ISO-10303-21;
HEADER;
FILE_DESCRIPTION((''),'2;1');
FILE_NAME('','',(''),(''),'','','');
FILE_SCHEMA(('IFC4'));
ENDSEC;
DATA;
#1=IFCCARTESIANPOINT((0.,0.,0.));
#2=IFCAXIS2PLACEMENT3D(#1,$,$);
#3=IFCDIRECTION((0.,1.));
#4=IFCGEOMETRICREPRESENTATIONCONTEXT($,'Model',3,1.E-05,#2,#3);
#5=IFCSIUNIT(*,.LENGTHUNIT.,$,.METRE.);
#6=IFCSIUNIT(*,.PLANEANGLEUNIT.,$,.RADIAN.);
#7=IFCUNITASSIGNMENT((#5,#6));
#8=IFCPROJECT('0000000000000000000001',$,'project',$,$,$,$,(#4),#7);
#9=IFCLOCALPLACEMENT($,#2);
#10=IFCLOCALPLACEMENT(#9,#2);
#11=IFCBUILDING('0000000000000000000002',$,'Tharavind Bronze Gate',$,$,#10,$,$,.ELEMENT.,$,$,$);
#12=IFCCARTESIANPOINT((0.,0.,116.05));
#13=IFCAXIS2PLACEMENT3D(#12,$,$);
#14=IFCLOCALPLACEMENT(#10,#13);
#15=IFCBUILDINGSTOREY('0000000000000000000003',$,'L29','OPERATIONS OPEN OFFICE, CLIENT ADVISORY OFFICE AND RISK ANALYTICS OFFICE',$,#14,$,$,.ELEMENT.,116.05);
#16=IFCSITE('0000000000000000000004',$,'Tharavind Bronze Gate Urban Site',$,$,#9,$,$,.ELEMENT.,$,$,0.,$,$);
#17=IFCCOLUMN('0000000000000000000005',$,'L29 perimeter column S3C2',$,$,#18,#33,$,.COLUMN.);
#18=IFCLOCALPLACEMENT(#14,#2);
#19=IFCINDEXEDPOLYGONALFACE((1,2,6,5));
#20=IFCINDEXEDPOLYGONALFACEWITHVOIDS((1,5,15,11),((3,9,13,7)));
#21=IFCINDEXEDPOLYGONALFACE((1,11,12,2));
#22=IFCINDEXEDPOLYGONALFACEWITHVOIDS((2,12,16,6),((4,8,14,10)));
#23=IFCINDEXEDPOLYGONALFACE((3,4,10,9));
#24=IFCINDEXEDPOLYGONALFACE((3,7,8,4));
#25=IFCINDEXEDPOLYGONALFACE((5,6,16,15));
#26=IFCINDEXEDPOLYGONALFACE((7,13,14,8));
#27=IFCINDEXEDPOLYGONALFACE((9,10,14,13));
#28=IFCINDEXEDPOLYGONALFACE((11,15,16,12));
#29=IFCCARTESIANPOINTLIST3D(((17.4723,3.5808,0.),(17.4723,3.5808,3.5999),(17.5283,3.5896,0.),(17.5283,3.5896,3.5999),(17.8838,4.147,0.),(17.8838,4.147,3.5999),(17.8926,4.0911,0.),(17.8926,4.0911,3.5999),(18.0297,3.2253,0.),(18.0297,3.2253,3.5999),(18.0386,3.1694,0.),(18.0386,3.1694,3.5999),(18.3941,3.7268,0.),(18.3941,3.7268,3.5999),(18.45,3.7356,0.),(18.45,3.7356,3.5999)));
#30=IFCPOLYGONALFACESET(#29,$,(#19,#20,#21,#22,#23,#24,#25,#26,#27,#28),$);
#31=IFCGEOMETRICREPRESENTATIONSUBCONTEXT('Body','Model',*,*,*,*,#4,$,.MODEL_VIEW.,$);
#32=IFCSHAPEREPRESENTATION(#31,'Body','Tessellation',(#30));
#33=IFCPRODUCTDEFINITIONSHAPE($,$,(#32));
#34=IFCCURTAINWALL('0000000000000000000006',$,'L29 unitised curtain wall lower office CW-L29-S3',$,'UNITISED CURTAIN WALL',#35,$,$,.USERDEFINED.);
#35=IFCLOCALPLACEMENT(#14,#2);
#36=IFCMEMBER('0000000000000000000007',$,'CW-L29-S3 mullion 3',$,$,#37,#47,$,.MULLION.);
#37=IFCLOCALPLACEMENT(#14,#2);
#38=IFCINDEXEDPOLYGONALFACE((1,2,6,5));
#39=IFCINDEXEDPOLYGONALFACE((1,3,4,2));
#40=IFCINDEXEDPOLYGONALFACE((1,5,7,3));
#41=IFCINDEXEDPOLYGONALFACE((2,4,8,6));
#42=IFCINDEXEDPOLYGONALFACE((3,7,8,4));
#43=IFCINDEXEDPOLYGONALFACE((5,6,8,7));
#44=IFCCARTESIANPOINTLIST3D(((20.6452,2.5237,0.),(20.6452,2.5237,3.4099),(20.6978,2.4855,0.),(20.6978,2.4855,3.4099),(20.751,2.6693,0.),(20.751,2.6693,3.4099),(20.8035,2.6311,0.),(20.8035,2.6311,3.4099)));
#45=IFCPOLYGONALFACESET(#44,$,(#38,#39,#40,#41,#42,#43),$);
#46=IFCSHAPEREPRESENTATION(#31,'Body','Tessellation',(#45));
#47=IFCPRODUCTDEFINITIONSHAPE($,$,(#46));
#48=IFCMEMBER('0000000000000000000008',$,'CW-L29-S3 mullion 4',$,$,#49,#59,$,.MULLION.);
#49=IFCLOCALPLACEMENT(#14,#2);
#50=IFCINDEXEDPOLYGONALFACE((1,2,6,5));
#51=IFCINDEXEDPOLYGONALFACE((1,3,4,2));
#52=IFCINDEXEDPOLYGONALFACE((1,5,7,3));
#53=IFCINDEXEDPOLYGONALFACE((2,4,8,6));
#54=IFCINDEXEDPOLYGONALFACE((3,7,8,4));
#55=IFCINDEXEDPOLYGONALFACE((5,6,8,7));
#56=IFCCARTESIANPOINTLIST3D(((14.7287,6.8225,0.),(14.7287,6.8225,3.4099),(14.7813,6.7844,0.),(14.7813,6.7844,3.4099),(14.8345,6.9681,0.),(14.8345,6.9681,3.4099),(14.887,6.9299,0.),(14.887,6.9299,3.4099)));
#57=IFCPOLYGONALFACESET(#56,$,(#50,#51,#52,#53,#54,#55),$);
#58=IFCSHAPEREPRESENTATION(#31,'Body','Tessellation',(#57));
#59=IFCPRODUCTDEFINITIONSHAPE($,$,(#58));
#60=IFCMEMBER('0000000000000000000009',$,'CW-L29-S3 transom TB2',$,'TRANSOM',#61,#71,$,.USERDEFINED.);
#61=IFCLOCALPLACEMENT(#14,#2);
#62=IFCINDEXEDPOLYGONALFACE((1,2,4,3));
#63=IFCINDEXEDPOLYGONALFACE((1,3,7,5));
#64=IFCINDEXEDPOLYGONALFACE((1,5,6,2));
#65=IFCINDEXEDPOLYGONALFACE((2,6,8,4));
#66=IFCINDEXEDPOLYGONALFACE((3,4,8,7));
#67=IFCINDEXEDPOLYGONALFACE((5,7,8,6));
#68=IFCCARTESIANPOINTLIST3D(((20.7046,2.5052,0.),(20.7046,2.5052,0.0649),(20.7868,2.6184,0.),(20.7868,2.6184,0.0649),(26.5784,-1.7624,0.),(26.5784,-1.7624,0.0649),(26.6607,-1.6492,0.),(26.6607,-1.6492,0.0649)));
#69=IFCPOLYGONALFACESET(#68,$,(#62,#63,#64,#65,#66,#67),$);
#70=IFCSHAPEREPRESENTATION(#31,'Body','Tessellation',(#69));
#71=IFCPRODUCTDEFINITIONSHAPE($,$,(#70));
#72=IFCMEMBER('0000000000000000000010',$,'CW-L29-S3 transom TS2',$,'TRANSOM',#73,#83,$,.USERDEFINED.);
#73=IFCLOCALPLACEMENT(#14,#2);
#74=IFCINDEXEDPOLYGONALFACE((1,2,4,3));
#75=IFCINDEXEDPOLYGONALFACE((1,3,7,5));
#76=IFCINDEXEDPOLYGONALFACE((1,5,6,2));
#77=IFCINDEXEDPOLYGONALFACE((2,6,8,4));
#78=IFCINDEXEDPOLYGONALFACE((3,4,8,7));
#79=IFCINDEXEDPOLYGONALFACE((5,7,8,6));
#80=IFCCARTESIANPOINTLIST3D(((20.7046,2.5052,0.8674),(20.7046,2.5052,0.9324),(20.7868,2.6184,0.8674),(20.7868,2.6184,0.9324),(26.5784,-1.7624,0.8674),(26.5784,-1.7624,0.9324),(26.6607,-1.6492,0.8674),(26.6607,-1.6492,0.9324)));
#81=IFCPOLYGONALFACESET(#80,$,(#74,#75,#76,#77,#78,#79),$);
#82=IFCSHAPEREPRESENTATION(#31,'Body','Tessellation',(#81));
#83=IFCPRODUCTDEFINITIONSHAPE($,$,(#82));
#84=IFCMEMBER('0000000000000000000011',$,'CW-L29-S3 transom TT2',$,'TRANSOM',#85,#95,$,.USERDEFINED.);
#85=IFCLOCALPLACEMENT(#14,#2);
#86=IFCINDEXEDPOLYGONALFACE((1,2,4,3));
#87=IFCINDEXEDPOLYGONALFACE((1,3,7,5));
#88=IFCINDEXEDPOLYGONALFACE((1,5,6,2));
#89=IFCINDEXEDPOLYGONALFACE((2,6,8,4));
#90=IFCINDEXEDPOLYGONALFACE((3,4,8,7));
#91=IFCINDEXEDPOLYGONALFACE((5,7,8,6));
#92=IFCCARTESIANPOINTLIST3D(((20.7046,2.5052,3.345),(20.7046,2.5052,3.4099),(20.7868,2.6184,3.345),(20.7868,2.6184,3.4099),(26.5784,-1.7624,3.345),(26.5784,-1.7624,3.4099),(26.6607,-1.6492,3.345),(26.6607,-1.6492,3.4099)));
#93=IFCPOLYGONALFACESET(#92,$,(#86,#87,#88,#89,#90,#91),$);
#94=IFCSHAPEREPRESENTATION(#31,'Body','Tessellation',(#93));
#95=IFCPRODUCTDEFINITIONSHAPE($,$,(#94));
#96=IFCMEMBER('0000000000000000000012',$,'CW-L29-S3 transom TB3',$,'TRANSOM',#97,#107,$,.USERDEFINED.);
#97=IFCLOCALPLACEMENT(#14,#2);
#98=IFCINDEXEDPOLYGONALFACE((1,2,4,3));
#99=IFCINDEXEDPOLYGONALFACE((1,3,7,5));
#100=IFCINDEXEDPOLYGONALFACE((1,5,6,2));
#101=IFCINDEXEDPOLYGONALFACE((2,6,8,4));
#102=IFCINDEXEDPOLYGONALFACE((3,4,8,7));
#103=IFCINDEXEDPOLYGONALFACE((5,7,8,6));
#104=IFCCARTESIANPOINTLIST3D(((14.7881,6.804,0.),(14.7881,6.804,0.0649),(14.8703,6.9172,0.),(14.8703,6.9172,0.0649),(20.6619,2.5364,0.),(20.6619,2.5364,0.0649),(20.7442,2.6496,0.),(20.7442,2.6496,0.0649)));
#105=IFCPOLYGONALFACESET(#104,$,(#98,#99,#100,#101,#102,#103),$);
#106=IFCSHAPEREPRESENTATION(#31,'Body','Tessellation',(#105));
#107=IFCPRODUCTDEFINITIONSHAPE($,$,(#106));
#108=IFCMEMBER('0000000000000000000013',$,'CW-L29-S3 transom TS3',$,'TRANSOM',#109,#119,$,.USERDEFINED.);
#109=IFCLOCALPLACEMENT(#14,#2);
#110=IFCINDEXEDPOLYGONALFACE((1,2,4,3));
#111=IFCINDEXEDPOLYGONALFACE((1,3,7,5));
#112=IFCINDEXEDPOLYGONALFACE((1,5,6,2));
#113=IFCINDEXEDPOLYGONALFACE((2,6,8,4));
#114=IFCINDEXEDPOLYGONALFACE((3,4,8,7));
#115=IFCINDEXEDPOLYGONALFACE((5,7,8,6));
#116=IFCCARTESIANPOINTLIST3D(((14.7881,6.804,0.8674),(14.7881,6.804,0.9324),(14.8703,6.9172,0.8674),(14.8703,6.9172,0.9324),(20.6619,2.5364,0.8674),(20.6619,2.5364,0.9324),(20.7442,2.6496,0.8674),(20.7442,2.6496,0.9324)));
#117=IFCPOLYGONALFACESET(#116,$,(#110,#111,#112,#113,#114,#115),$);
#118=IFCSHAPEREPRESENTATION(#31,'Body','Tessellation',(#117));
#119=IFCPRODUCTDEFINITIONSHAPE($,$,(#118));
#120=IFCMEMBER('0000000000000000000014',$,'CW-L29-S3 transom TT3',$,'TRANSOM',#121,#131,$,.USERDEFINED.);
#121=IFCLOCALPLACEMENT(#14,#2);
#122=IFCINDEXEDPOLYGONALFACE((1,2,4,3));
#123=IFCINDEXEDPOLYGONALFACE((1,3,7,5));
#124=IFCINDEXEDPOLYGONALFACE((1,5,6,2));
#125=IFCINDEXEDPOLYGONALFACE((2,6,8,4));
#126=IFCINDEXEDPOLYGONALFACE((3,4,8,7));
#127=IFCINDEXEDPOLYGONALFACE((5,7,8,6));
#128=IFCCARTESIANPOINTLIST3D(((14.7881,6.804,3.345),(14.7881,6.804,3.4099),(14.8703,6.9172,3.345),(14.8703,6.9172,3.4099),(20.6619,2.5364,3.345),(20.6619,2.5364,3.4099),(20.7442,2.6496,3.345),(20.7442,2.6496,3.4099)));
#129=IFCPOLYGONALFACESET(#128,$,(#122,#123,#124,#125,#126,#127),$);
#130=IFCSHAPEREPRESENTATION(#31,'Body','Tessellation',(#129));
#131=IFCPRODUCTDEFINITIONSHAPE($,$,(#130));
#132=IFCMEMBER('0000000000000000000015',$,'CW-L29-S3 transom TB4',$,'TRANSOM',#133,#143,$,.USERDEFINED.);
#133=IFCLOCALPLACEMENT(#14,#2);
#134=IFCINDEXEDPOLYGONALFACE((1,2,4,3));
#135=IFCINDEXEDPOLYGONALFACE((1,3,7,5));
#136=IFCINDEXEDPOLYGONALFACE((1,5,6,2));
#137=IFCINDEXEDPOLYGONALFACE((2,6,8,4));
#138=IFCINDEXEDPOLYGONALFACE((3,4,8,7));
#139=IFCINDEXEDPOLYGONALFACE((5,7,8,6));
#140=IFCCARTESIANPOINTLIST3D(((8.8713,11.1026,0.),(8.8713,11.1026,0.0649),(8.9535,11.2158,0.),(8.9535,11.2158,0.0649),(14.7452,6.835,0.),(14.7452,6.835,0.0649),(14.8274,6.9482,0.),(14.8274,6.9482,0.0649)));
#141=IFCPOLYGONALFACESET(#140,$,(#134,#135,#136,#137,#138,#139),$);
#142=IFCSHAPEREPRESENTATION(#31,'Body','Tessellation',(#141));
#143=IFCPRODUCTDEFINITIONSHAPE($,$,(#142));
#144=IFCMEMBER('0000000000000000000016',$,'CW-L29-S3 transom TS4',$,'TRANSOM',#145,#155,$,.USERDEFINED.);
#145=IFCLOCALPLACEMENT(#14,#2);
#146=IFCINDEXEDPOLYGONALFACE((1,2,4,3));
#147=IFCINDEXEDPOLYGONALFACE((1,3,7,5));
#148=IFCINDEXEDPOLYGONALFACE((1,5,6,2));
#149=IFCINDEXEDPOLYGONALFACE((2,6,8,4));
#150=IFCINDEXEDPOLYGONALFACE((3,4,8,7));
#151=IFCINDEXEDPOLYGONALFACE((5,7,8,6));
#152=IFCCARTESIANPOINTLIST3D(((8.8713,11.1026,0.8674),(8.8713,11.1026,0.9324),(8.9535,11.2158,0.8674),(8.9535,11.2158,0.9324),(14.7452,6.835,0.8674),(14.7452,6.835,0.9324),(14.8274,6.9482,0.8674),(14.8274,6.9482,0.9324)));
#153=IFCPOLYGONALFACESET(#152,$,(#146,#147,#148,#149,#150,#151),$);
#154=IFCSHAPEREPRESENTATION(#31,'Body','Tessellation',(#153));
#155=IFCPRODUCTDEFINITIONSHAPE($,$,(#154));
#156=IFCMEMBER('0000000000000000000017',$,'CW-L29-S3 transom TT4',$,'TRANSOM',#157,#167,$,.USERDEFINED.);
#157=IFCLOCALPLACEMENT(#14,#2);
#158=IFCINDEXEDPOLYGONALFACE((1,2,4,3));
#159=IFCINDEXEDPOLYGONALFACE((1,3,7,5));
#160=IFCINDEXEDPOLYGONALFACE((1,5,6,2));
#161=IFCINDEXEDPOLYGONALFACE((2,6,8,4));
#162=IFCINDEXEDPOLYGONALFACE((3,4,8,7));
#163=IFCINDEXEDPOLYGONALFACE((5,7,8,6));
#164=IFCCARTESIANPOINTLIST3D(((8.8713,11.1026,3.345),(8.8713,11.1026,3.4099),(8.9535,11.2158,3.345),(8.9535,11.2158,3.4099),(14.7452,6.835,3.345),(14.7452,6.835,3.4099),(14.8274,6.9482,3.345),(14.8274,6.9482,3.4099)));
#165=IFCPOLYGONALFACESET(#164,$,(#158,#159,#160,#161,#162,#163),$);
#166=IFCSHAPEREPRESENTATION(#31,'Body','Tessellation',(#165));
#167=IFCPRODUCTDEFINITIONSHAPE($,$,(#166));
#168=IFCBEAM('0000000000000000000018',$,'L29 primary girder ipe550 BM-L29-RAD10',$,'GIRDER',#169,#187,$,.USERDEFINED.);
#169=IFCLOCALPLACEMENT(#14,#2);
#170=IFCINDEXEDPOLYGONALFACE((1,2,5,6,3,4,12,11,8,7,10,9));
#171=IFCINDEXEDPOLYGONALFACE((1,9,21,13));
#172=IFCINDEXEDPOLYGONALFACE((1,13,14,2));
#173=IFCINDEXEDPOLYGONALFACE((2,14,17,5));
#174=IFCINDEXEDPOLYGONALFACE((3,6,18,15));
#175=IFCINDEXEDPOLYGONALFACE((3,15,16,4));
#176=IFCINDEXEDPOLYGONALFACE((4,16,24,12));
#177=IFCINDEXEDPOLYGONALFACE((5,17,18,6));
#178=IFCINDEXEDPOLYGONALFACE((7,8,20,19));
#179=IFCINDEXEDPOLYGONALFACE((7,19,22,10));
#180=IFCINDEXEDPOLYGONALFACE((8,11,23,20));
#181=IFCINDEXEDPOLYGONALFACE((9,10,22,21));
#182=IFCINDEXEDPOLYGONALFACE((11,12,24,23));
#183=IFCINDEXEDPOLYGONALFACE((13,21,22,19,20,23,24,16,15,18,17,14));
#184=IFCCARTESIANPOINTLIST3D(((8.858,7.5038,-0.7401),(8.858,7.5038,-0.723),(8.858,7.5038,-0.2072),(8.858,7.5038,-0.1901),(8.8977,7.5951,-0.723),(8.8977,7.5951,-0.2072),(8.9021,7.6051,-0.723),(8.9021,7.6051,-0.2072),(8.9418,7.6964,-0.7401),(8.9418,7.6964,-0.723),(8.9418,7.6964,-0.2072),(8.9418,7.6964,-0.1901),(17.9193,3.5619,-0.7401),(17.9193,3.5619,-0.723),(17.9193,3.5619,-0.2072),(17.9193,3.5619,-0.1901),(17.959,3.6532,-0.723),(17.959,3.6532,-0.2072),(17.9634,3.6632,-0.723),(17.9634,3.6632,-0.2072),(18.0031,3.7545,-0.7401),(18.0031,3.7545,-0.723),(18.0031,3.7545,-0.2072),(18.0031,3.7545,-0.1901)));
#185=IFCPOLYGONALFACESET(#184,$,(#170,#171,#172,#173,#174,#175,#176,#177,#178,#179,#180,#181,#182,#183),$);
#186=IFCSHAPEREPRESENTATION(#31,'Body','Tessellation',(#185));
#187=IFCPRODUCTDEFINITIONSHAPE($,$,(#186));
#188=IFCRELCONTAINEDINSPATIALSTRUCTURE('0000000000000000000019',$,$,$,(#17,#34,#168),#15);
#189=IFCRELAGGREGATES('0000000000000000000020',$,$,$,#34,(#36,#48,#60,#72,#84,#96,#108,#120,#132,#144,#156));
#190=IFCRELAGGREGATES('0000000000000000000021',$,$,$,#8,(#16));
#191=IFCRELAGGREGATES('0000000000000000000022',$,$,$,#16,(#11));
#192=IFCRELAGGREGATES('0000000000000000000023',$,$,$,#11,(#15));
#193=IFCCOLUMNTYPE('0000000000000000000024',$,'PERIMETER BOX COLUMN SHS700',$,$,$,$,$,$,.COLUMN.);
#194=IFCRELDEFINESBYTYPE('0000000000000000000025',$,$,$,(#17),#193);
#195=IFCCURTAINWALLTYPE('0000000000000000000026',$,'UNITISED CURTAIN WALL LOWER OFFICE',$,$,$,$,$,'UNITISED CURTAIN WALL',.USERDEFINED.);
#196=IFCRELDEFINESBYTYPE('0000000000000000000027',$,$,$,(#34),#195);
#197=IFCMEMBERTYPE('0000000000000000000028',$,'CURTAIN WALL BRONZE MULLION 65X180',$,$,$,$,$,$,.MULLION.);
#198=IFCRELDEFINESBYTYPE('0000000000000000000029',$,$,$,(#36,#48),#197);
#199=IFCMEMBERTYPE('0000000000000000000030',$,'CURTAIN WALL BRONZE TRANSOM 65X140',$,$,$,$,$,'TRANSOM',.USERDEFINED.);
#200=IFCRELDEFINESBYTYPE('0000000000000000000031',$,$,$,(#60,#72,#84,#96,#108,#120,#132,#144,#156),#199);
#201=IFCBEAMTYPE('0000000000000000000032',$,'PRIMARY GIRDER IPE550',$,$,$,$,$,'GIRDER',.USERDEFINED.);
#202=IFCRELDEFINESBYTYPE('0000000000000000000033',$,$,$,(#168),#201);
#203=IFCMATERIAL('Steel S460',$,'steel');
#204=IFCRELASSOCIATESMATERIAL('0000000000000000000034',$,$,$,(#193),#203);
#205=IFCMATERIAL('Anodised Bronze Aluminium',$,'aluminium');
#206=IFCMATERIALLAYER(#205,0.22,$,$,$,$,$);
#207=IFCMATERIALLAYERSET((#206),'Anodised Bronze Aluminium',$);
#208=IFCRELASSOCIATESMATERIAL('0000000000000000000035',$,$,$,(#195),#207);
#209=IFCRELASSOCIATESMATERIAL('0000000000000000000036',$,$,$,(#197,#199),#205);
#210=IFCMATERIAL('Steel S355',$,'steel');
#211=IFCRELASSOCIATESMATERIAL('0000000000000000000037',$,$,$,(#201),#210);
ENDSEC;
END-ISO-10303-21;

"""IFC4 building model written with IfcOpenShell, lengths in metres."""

from ifc_helpers import new_model, si_unit, direction, frame, origin, origin_2d, place, context, subcontext, project, spatial, rectangle, hollow_rectangle, i_section, extrude, material, layer, layer_set, material_profile, profile_set, type_object, element, aggregate, save


model = new_model("IFC4")

# Units and contexts
model_context = context("Model", 3, precision=1e-05, world=origin(), true_north=direction((0.0, 1.0)))
body_context = subcontext(model_context, "Body", "Model", "MODEL_VIEW")
ifc_project = project(units=[si_unit("LENGTHUNIT", "METRE"), si_unit("PLANEANGLEUNIT", "RADIAN")], contexts=[model_context])

# Site, building, storey
site_placement = place(None, origin())
site = spatial("IfcSite", under=ifc_project, at=site_placement, Name="Tharavind Bronze Gate Urban Site", CompositionType="ELEMENT", RefElevation=0.0)
building_placement = place(site_placement, origin())
building = spatial("IfcBuilding", under=site, at=building_placement, Name="Tharavind Bronze Gate", CompositionType="ELEMENT")
storey_placement = place(building_placement, frame((0.0, 0.0, 116.05)))
storey = spatial("IfcBuildingStorey", under=building, at=storey_placement, Name="L29", Description="OPERATIONS OPEN OFFICE, CLIENT ADVISORY OFFICE AND RISK ANALYTICS OFFICE", CompositionType="ELEMENT", Elevation=116.05)

# Column
ifc_material_1 = material(Name="Steel S460", Category="steel")
ifc_material_profile_1 = material_profile(ifc_material_1, hollow_rectangle(XDim=0.7, YDim=0.7, WallThickness=0.04, at=origin_2d()), Name="SHS700X40")
ifc_profile_set_1 = profile_set([ifc_material_profile_1], Name="Steel S460")
column_type = type_object("IfcColumnType", Name="PERIMETER BOX COLUMN SHS700", PredefinedType="COLUMN", material=ifc_profile_set_1)
column_placement = place(storey_placement, frame((17.9612, 3.6582, 0.0), z_axis=(0.0, 0.0, 1.0), x_axis=(-0.809017, 0.587785, 0.0)))
element("IfcColumn", 1, at=column_placement, inside=storey, type_object=column_type, Name="L29 perimeter column S3C2", PredefinedType="COLUMN", context=body_context, shape_type="SweptSolid", body=[
    extrude(hollow_rectangle(XDim=0.7, YDim=0.7, WallThickness=0.04, at=origin_2d()), origin(), (0.0, 0.0, 1.0), 3.5999),
])

# Curtain wall, members
ifc_material_2 = material(Name="Anodised Bronze Aluminium", Category="aluminium")
ifc_layer_1 = layer(ifc_material_2, 0.22)
ifc_layer_set_1 = layer_set([ifc_layer_1], Name="Anodised Bronze Aluminium")
curtain_wall_type = type_object("IfcCurtainWallType", Name="UNITISED CURTAIN WALL LOWER OFFICE", ElementType="UNITISED CURTAIN WALL", PredefinedType="USERDEFINED", material=ifc_layer_set_1)
curtain_wall_placement = place(storey_placement, origin())
curtain_wall = element("IfcCurtainWall", 2, at=curtain_wall_placement, inside=storey, type_object=curtain_wall_type, Name="L29 unitised curtain wall lower office CW-L29-S3", ObjectType="UNITISED CURTAIN WALL", PredefinedType="USERDEFINED")
member_type_1 = type_object("IfcMemberType", Name="CURTAIN WALL BRONZE MULLION 65X180", PredefinedType="MULLION", material=ifc_material_2)
member_1_placement = place(storey_placement, frame((20.7244, 2.5774, 0.0), z_axis=(0.0, 0.0, 1.0), x_axis=(-0.809017, 0.587785, 0.0)))
member_1 = element("IfcMember", 3, at=member_1_placement, type_object=member_type_1, Name="CW-L29-S3 mullion 3", PredefinedType="MULLION", context=body_context, shape_type="SweptSolid", body=[
    extrude(rectangle(XDim=0.0649, YDim=0.1799, at=origin_2d()), origin(), (0.0, 0.0, 1.0), 3.4099),
])
member_2_placement = place(storey_placement, frame((14.8079, 6.8762, 0.0), z_axis=(0.0, 0.0, 1.0), x_axis=(-0.809017, 0.587785, 0.0)))
member_2 = element("IfcMember", 4, at=member_2_placement, type_object=member_type_1, Name="CW-L29-S3 mullion 4", PredefinedType="MULLION", context=body_context, shape_type="SweptSolid", body=[
    extrude(rectangle(XDim=0.0649, YDim=0.1799, at=origin_2d()), origin(), (0.0, 0.0, 1.0), 3.4099),
])
member_type_2 = type_object("IfcMemberType", Name="CURTAIN WALL BRONZE TRANSOM 65X140", ElementType="TRANSOM", PredefinedType="USERDEFINED", material=ifc_material_2)
member_3_placement = place(storey_placement, frame((23.6826, 0.428, 0.0), z_axis=(0.0, 0.0, 1.0), x_axis=(-0.809017, 0.587785, 0.0)))
member_3 = element("IfcMember", 5, at=member_3_placement, type_object=member_type_2, Name="CW-L29-S3 transom TB2", ObjectType="TRANSOM", PredefinedType="USERDEFINED", context=body_context, shape_type="SweptSolid", body=[
    extrude(rectangle(XDim=7.2605, YDim=0.1399, at=origin_2d()), origin(), (0.0, 0.0, 1.0), 0.0649),
])
member_4_placement = place(storey_placement, frame((23.6826, 0.428, 0.8674), z_axis=(0.0, 0.0, 1.0), x_axis=(-0.809017, 0.587785, 0.0)))
member_4 = element("IfcMember", 6, at=member_4_placement, type_object=member_type_2, Name="CW-L29-S3 transom TS2", ObjectType="TRANSOM", PredefinedType="USERDEFINED", context=body_context, shape_type="SweptSolid", body=[
    extrude(rectangle(XDim=7.2605, YDim=0.1399, at=origin_2d()), origin(), (0.0, 0.0, 1.0), 0.0649),
])
member_5_placement = place(storey_placement, frame((23.6826, 0.428, 3.345), z_axis=(0.0, 0.0, 1.0), x_axis=(-0.809017, 0.587785, 0.0)))
member_5 = element("IfcMember", 7, at=member_5_placement, type_object=member_type_2, Name="CW-L29-S3 transom TT2", ObjectType="TRANSOM", PredefinedType="USERDEFINED", context=body_context, shape_type="SweptSolid", body=[
    extrude(rectangle(XDim=7.2605, YDim=0.1399, at=origin_2d()), origin(), (0.0, 0.0, 1.0), 0.0649),
])
member_6_placement = place(storey_placement, frame((17.7661, 4.7268, 0.0), z_axis=(0.0, 0.0, 1.0), x_axis=(-0.809017, 0.587785, 0.0)))
member_6 = element("IfcMember", 8, at=member_6_placement, type_object=member_type_2, Name="CW-L29-S3 transom TB3", ObjectType="TRANSOM", PredefinedType="USERDEFINED", context=body_context, shape_type="SweptSolid", body=[
    extrude(rectangle(XDim=7.2605, YDim=0.1399, at=origin_2d()), origin(), (0.0, 0.0, 1.0), 0.0649),
])
member_7_placement = place(storey_placement, frame((17.7661, 4.7268, 0.8674), z_axis=(0.0, 0.0, 1.0), x_axis=(-0.809017, 0.587785, 0.0)))
member_7 = element("IfcMember", 9, at=member_7_placement, type_object=member_type_2, Name="CW-L29-S3 transom TS3", ObjectType="TRANSOM", PredefinedType="USERDEFINED", context=body_context, shape_type="SweptSolid", body=[
    extrude(rectangle(XDim=7.2605, YDim=0.1399, at=origin_2d()), origin(), (0.0, 0.0, 1.0), 0.0649),
])
member_8_placement = place(storey_placement, frame((17.7661, 4.7268, 3.345), z_axis=(0.0, 0.0, 1.0), x_axis=(-0.809017, 0.587785, 0.0)))
member_8 = element("IfcMember", 10, at=member_8_placement, type_object=member_type_2, Name="CW-L29-S3 transom TT3", ObjectType="TRANSOM", PredefinedType="USERDEFINED", context=body_context, shape_type="SweptSolid", body=[
    extrude(rectangle(XDim=7.2605, YDim=0.1399, at=origin_2d()), origin(), (0.0, 0.0, 1.0), 0.0649),
])
member_9_placement = place(storey_placement, frame((11.8494, 9.0254, 0.0), z_axis=(0.0, 0.0, 1.0), x_axis=(-0.809017, 0.587785, 0.0)))
member_9 = element("IfcMember", 11, at=member_9_placement, type_object=member_type_2, Name="CW-L29-S3 transom TB4", ObjectType="TRANSOM", PredefinedType="USERDEFINED", context=body_context, shape_type="SweptSolid", body=[
    extrude(rectangle(XDim=7.2605, YDim=0.1399, at=origin_2d()), origin(), (0.0, 0.0, 1.0), 0.0649),
])
member_10_placement = place(storey_placement, frame((11.8494, 9.0254, 0.8674), z_axis=(0.0, 0.0, 1.0), x_axis=(-0.809017, 0.587785, 0.0)))
member_10 = element("IfcMember", 12, at=member_10_placement, type_object=member_type_2, Name="CW-L29-S3 transom TS4", ObjectType="TRANSOM", PredefinedType="USERDEFINED", context=body_context, shape_type="SweptSolid", body=[
    extrude(rectangle(XDim=7.2605, YDim=0.1399, at=origin_2d()), origin(), (0.0, 0.0, 1.0), 0.0649),
])
member_11_placement = place(storey_placement, frame((11.8494, 9.0254, 3.345), z_axis=(0.0, 0.0, 1.0), x_axis=(-0.809017, 0.587785, 0.0)))
member_11 = element("IfcMember", 13, at=member_11_placement, type_object=member_type_2, Name="CW-L29-S3 transom TT4", ObjectType="TRANSOM", PredefinedType="USERDEFINED", context=body_context, shape_type="SweptSolid", body=[
    extrude(rectangle(XDim=7.2605, YDim=0.1399, at=origin_2d()), origin(), (0.0, 0.0, 1.0), 0.0649),
])

# Beam
ifc_material_3 = material(Name="Steel S355", Category="steel")
ifc_material_profile_2 = material_profile(ifc_material_3, i_section(OverallWidth=0.21, OverallDepth=0.55, WebThickness=0.011, FlangeThickness=0.0171, at=origin_2d()), Name="IPE550")
ifc_profile_set_2 = profile_set([ifc_material_profile_2], Name="Steel S355")
beam_type_1 = type_object("IfcBeamType", Name="PRIMARY GIRDER IPE550", ElementType="GIRDER", PredefinedType="USERDEFINED", material=ifc_profile_set_2)
beam_1_placement = place(storey_placement, frame((17.9612, 3.6582, -0.4651), z_axis=(-0.916988, 0.398914, 0.0), x_axis=(-0.398914, -0.916988, 0.0)))
element("IfcBeam", 14, at=beam_1_placement, inside=storey, type_object=beam_type_1, Name="L29 primary girder ipe550 BM-L29-RAD10", ObjectType="GIRDER", PredefinedType="USERDEFINED", context=body_context, shape_type="SweptSolid", body=[
    extrude(i_section(OverallWidth=0.21, OverallDepth=0.55, WebThickness=0.011, FlangeThickness=0.0171, at=origin_2d()), origin(), (0.0, 0.0, 1.0), 9.8816),
])

aggregate(curtain_wall, [member_1, member_2, member_3, member_4, member_5, member_6, member_7, member_8, member_9, member_10, member_11])

save(model, "model.ifc")
